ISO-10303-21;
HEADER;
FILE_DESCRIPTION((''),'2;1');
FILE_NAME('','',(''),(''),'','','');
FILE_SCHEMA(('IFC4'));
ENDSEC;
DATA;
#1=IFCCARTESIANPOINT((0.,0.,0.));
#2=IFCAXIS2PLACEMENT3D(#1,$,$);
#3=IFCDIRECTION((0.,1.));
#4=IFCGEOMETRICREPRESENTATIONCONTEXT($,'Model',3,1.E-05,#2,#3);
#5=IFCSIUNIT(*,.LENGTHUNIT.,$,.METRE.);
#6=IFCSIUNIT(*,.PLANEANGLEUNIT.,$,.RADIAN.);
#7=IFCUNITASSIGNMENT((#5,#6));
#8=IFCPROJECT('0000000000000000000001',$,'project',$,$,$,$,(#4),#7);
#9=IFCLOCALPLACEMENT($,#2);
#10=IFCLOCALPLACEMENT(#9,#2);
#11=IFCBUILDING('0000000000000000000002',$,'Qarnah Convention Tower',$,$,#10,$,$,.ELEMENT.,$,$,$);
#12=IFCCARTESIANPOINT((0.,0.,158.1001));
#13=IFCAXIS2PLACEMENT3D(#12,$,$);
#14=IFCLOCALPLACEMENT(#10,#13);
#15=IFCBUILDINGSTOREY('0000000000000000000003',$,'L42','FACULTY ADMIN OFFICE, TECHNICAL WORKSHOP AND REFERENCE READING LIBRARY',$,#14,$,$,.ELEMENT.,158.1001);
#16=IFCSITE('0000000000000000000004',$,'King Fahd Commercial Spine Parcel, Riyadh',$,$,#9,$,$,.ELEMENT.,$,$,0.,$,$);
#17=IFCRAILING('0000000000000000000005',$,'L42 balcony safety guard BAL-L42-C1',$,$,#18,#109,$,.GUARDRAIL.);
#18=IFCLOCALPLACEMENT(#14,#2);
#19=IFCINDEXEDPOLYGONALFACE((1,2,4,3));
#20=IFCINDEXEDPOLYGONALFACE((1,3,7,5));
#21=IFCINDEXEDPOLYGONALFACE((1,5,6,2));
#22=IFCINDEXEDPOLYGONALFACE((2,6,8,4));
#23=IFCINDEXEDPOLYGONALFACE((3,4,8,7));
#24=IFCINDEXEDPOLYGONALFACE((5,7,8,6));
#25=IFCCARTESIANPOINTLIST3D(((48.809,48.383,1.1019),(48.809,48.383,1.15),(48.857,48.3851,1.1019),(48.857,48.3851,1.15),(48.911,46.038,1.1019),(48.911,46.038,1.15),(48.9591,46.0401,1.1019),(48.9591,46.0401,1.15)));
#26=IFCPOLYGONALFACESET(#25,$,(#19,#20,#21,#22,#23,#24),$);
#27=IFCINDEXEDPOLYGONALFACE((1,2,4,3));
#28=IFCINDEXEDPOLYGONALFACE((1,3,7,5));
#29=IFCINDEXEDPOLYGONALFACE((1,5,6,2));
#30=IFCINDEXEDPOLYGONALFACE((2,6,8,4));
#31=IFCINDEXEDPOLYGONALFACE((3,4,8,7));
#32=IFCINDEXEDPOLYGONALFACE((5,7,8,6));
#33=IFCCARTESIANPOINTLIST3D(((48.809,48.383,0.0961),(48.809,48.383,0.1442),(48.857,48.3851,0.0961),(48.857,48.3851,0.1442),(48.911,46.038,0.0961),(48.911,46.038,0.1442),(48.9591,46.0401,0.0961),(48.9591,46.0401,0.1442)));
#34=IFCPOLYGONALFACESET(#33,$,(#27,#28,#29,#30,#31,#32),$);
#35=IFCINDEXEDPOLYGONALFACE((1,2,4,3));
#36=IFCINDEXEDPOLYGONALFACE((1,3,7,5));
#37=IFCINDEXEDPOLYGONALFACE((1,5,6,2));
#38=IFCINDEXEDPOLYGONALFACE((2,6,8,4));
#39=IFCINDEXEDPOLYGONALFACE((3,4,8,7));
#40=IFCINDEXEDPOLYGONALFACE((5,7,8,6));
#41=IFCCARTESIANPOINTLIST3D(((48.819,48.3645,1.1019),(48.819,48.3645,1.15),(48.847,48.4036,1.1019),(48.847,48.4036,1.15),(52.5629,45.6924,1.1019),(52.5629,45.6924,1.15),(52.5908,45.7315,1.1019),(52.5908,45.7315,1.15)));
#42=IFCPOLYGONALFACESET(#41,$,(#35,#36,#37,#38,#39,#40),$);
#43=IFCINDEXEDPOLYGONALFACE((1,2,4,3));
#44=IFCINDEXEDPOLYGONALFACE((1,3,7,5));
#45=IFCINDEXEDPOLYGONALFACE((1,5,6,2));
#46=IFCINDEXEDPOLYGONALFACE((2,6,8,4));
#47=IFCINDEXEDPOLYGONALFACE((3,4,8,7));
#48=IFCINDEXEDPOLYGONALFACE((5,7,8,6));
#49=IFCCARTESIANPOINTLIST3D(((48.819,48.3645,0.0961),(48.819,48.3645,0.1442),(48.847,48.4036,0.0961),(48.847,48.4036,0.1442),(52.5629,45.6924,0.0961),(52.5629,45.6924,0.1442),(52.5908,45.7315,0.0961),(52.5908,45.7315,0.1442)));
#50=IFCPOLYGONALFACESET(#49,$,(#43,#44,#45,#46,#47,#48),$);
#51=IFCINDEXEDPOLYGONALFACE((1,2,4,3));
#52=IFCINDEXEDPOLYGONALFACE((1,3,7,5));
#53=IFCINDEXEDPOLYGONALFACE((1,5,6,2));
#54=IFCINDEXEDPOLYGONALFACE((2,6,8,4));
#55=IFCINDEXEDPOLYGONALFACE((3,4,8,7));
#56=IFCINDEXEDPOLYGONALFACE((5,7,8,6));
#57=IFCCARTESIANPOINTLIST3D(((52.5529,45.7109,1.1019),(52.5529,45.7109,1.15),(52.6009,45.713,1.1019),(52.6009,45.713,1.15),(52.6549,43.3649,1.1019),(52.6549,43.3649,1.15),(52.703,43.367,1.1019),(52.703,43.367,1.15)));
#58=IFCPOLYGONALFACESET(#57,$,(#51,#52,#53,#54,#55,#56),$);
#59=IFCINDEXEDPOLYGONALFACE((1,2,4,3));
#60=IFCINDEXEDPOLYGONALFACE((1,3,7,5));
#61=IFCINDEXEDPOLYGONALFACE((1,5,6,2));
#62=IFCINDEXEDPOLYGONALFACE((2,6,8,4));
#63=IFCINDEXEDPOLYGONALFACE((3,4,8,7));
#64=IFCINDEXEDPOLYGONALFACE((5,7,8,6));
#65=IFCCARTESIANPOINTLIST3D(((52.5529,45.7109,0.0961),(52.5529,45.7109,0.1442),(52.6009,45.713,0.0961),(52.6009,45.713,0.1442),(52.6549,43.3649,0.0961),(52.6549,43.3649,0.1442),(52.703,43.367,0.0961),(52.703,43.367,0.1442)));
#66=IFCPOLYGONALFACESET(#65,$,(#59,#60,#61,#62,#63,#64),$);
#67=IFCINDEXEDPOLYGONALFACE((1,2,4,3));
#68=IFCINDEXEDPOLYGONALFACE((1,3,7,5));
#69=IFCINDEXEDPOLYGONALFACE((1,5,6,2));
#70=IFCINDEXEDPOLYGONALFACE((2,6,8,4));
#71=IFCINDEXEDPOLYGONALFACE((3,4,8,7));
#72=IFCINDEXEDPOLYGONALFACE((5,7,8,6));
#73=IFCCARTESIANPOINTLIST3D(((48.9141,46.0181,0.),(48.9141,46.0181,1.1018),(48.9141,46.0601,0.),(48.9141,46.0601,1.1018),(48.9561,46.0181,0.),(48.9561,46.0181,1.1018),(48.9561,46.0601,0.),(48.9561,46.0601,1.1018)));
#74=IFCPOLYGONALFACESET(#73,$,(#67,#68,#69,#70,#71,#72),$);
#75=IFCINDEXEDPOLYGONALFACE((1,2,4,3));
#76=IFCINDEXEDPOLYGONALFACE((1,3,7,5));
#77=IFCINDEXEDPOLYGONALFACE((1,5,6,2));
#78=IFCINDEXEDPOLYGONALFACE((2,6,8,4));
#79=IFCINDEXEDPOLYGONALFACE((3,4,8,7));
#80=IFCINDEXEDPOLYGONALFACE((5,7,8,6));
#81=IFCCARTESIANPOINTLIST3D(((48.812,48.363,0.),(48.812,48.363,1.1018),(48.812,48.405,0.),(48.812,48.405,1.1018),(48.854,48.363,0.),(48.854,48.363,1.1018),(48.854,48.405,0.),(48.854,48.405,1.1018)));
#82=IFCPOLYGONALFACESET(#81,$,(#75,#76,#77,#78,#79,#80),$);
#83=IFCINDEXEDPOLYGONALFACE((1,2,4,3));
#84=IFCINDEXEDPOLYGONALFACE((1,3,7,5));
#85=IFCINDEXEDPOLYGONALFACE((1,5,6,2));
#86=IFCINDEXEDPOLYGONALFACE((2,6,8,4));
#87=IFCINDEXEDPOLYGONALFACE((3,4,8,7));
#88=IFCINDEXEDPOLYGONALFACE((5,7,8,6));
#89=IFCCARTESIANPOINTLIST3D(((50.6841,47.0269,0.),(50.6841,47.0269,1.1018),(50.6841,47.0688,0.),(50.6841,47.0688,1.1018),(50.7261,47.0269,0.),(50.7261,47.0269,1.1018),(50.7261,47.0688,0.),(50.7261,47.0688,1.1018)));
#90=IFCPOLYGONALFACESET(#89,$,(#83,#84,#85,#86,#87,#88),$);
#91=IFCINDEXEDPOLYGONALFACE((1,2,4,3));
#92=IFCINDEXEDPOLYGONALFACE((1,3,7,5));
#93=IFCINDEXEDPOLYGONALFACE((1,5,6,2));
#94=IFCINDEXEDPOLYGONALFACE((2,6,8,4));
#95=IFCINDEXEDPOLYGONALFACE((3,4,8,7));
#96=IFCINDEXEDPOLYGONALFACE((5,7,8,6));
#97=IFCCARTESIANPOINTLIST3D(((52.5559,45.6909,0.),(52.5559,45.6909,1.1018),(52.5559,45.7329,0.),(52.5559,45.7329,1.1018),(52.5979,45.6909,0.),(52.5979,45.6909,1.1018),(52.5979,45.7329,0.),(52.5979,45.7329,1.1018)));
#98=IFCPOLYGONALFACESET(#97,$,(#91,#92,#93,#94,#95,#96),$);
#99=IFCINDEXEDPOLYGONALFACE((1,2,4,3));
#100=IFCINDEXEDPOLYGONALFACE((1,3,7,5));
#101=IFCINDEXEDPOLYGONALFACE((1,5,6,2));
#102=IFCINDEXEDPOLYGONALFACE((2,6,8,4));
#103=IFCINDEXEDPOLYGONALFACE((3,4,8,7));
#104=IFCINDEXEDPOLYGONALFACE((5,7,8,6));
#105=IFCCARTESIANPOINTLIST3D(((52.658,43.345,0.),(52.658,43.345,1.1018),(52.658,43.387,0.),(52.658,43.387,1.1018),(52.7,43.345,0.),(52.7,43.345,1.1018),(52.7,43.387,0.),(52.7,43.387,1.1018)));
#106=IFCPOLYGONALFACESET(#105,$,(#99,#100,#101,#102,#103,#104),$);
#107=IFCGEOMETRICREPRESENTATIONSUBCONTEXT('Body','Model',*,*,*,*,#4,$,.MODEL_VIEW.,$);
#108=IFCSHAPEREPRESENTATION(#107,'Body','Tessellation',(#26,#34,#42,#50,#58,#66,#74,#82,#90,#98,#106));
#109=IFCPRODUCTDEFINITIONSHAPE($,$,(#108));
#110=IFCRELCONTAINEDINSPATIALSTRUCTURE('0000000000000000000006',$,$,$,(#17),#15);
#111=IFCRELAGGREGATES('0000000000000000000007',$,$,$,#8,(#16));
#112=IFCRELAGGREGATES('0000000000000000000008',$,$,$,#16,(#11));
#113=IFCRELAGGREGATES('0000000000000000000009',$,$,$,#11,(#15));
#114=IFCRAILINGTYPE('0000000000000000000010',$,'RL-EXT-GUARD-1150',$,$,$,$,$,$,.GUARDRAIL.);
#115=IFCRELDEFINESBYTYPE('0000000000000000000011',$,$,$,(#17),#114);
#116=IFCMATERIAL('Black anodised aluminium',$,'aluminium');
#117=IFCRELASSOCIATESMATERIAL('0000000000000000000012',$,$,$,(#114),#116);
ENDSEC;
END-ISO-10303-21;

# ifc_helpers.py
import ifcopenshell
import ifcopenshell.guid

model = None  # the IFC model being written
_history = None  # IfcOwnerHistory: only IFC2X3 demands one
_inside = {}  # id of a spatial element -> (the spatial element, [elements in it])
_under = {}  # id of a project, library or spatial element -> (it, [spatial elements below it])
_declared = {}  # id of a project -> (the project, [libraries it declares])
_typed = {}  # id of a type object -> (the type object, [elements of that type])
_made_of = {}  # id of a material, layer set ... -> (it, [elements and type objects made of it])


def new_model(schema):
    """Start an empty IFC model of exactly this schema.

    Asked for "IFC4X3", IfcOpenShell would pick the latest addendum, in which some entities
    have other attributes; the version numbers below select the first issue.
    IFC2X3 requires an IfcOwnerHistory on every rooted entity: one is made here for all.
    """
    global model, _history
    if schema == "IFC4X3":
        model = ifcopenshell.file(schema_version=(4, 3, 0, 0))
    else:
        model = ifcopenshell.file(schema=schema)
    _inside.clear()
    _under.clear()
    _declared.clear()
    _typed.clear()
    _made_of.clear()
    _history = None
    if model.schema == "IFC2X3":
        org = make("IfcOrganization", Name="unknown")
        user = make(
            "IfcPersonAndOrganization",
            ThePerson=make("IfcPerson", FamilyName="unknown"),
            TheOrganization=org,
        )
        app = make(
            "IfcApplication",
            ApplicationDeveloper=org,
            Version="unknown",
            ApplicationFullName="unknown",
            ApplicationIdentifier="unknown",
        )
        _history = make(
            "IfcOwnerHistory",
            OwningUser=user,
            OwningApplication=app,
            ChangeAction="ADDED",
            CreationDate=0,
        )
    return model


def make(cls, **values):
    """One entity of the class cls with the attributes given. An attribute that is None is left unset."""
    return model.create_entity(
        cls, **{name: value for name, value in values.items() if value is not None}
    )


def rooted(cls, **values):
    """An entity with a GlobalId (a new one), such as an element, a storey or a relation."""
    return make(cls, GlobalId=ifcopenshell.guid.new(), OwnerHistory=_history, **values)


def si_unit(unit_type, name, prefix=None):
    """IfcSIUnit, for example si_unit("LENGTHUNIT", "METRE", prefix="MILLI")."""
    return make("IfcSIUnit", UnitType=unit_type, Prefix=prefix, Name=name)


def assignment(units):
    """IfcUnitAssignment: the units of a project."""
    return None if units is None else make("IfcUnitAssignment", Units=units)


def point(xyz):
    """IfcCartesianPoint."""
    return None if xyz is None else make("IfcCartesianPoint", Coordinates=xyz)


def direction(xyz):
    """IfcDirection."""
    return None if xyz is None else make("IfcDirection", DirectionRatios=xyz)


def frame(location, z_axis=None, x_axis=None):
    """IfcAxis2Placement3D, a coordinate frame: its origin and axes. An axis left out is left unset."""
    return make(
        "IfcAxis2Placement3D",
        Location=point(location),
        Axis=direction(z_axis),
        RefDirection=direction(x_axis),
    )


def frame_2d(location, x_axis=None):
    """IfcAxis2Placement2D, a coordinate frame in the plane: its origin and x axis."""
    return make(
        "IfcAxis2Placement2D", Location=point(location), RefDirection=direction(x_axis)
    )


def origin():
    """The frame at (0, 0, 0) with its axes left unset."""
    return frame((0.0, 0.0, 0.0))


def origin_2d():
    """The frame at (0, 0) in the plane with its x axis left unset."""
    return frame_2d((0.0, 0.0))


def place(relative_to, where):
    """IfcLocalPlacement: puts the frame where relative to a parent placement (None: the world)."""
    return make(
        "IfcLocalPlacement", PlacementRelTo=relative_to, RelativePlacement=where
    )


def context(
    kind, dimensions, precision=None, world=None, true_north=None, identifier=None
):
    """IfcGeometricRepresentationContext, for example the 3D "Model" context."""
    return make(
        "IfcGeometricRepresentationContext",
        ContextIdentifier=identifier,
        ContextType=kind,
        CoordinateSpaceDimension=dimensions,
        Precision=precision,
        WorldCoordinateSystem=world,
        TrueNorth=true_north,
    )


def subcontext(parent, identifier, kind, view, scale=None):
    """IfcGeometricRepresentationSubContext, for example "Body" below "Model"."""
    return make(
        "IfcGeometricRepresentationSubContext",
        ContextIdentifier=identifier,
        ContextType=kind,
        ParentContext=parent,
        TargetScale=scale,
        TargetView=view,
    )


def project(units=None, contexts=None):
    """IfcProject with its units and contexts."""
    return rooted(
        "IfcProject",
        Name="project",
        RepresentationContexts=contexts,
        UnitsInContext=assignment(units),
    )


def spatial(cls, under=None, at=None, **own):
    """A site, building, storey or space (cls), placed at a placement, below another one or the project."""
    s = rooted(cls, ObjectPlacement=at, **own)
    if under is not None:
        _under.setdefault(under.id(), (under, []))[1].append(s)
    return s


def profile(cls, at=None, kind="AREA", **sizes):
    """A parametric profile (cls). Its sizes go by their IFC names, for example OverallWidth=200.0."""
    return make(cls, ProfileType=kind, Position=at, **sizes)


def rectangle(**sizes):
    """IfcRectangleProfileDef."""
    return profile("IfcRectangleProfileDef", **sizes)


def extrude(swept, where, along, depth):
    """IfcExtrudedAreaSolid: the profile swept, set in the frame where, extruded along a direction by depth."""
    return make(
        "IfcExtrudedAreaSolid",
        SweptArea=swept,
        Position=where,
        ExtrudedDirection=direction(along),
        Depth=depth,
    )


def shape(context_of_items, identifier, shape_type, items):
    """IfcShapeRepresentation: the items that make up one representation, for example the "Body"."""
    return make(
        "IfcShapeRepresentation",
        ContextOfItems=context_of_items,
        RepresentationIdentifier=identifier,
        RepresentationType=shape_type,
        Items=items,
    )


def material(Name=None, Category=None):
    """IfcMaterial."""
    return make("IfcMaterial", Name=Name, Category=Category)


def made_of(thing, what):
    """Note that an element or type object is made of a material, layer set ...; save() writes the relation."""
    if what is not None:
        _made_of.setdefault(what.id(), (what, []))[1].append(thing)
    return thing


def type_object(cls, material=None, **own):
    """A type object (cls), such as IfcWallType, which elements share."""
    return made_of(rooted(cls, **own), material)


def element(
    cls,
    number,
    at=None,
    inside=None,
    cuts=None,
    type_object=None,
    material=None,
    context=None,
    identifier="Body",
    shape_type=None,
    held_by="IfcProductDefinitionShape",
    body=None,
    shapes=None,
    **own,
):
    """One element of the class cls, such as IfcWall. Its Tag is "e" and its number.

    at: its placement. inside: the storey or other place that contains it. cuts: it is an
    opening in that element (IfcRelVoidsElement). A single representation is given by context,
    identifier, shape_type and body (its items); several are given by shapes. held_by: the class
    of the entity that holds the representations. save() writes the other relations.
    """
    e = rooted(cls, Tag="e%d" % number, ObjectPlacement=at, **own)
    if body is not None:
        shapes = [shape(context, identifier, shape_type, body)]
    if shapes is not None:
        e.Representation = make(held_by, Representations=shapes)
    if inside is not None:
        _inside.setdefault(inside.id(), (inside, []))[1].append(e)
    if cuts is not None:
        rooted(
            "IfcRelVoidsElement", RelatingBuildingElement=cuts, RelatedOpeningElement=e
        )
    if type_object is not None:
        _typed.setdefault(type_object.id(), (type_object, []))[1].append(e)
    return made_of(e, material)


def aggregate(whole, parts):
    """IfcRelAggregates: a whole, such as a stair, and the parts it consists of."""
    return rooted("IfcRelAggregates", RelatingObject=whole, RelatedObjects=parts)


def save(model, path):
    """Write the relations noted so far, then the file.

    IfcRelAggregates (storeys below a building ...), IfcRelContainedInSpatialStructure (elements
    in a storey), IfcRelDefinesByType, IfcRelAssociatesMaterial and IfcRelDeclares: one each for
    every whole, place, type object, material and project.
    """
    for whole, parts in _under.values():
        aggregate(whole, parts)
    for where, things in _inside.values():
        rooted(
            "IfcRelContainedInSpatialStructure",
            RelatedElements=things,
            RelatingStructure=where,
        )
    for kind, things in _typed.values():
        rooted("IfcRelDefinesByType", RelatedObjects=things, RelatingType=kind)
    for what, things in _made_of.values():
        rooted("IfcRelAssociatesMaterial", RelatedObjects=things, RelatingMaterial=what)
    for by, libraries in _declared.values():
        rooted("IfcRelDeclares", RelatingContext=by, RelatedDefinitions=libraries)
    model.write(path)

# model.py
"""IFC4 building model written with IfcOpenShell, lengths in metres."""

from ifc_helpers import new_model, si_unit, direction, frame, origin, origin_2d, place, context, subcontext, project, spatial, rectangle, extrude, material, type_object, element, save


model = new_model("IFC4")

# Units and contexts
model_context = context("Model", 3, precision=1e-05, world=origin(), true_north=direction((0.0, 1.0)))
body_context = subcontext(model_context, "Body", "Model", "MODEL_VIEW")
ifc_project = project(units=[si_unit("LENGTHUNIT", "METRE"), si_unit("PLANEANGLEUNIT", "RADIAN")], contexts=[model_context])

# Site, building, storey
site_placement = place(None, origin())
site = spatial("IfcSite", under=ifc_project, at=site_placement, Name="King Fahd Commercial Spine Parcel, Riyadh", CompositionType="ELEMENT", RefElevation=0.0)
building_placement = place(site_placement, origin())
building = spatial("IfcBuilding", under=site, at=building_placement, Name="Qarnah Convention Tower", CompositionType="ELEMENT")
storey_placement = place(building_placement, frame((0.0, 0.0, 158.1001)))
storey = spatial("IfcBuildingStorey", under=building, at=storey_placement, Name="L42", Description="FACULTY ADMIN OFFICE, TECHNICAL WORKSHOP AND REFERENCE READING LIBRARY", CompositionType="ELEMENT", Elevation=158.1001)

# Shared definitions
ifc_material_1 = material(Name="Black anodised aluminium", Category="aluminium")

# Railing
railing_type = type_object("IfcRailingType", Name="RL-EXT-GUARD-1150", PredefinedType="GUARDRAIL", material=ifc_material_1)
railing_1_placement = place(storey_placement, frame((48.9351, 46.0391, 0.0)))
element("IfcRailing", 1, at=railing_1_placement, inside=storey, type_object=railing_type, Name="L42 balcony safety guard BAL-L42-C1", PredefinedType="GUARDRAIL", context=body_context, shape_type="SweptSolid", body=[
    extrude(rectangle(XDim=0.0481, YDim=0.0481, at=origin_2d()), frame((0.0, 0.0, 1.126), z_axis=(-0.043478, 0.999054, 0.0), x_axis=(-0.999054, -0.043478, 0.0)), (0.0, 0.0, 1.0), 2.3472),
    extrude(rectangle(XDim=0.0481, YDim=0.0481, at=origin_2d()), frame((0.0, 0.0, 0.1201), z_axis=(-0.043478, 0.999054, 0.0), x_axis=(-0.999054, -0.043478, 0.0)), (0.0, 0.0, 1.0), 2.3472),
    extrude(rectangle(XDim=0.0481, YDim=0.0481, at=origin_2d()), frame((-0.1021, 2.345, 1.126), z_axis=(0.813949, -0.580937, 0.0), x_axis=(0.580937, 0.813949, 0.0)), (0.0, 0.0, 1.0), 4.5996),
    extrude(rectangle(XDim=0.0481, YDim=0.0481, at=origin_2d()), frame((-0.1021, 2.345, 0.1201), z_axis=(0.813949, -0.580937, 0.0), x_axis=(0.580937, 0.813949, 0.0)), (0.0, 0.0, 1.0), 4.5996),
    extrude(rectangle(XDim=0.0481, YDim=0.0481, at=origin_2d()), frame((3.6418, -0.3271, 1.126), z_axis=(0.04346, -0.999055, 0.0), x_axis=(0.999055, 0.04346, 0.0)), (0.0, 0.0, 1.0), 2.3481),
    extrude(rectangle(XDim=0.0481, YDim=0.0481, at=origin_2d()), frame((3.6418, -0.3271, 0.1201), z_axis=(0.04346, -0.999055, 0.0), x_axis=(0.999055, 0.04346, 0.0)), (0.0, 0.0, 1.0), 2.3481),
    extrude(rectangle(XDim=0.042, YDim=0.042, at=origin_2d()), origin(), (0.0, 0.0, 1.0), 1.1018),
    extrude(rectangle(XDim=0.042, YDim=0.042, at=origin_2d()), frame((-0.1021, 2.345, 0.0)), (0.0, 0.0, 1.0), 1.1018),
    extrude(rectangle(XDim=0.042, YDim=0.042, at=origin_2d()), frame((1.77, 1.0088, 0.0)), (0.0, 0.0, 1.0), 1.1018),
    extrude(rectangle(XDim=0.042, YDim=0.042, at=origin_2d()), frame((3.6418, -0.3271, 0.0)), (0.0, 0.0, 1.0), 1.1018),
    extrude(rectangle(XDim=0.042, YDim=0.042, at=origin_2d()), frame((3.7439, -2.6731, 0.0)), (0.0, 0.0, 1.0), 1.1018),
])

save(model, "model.ifc")
